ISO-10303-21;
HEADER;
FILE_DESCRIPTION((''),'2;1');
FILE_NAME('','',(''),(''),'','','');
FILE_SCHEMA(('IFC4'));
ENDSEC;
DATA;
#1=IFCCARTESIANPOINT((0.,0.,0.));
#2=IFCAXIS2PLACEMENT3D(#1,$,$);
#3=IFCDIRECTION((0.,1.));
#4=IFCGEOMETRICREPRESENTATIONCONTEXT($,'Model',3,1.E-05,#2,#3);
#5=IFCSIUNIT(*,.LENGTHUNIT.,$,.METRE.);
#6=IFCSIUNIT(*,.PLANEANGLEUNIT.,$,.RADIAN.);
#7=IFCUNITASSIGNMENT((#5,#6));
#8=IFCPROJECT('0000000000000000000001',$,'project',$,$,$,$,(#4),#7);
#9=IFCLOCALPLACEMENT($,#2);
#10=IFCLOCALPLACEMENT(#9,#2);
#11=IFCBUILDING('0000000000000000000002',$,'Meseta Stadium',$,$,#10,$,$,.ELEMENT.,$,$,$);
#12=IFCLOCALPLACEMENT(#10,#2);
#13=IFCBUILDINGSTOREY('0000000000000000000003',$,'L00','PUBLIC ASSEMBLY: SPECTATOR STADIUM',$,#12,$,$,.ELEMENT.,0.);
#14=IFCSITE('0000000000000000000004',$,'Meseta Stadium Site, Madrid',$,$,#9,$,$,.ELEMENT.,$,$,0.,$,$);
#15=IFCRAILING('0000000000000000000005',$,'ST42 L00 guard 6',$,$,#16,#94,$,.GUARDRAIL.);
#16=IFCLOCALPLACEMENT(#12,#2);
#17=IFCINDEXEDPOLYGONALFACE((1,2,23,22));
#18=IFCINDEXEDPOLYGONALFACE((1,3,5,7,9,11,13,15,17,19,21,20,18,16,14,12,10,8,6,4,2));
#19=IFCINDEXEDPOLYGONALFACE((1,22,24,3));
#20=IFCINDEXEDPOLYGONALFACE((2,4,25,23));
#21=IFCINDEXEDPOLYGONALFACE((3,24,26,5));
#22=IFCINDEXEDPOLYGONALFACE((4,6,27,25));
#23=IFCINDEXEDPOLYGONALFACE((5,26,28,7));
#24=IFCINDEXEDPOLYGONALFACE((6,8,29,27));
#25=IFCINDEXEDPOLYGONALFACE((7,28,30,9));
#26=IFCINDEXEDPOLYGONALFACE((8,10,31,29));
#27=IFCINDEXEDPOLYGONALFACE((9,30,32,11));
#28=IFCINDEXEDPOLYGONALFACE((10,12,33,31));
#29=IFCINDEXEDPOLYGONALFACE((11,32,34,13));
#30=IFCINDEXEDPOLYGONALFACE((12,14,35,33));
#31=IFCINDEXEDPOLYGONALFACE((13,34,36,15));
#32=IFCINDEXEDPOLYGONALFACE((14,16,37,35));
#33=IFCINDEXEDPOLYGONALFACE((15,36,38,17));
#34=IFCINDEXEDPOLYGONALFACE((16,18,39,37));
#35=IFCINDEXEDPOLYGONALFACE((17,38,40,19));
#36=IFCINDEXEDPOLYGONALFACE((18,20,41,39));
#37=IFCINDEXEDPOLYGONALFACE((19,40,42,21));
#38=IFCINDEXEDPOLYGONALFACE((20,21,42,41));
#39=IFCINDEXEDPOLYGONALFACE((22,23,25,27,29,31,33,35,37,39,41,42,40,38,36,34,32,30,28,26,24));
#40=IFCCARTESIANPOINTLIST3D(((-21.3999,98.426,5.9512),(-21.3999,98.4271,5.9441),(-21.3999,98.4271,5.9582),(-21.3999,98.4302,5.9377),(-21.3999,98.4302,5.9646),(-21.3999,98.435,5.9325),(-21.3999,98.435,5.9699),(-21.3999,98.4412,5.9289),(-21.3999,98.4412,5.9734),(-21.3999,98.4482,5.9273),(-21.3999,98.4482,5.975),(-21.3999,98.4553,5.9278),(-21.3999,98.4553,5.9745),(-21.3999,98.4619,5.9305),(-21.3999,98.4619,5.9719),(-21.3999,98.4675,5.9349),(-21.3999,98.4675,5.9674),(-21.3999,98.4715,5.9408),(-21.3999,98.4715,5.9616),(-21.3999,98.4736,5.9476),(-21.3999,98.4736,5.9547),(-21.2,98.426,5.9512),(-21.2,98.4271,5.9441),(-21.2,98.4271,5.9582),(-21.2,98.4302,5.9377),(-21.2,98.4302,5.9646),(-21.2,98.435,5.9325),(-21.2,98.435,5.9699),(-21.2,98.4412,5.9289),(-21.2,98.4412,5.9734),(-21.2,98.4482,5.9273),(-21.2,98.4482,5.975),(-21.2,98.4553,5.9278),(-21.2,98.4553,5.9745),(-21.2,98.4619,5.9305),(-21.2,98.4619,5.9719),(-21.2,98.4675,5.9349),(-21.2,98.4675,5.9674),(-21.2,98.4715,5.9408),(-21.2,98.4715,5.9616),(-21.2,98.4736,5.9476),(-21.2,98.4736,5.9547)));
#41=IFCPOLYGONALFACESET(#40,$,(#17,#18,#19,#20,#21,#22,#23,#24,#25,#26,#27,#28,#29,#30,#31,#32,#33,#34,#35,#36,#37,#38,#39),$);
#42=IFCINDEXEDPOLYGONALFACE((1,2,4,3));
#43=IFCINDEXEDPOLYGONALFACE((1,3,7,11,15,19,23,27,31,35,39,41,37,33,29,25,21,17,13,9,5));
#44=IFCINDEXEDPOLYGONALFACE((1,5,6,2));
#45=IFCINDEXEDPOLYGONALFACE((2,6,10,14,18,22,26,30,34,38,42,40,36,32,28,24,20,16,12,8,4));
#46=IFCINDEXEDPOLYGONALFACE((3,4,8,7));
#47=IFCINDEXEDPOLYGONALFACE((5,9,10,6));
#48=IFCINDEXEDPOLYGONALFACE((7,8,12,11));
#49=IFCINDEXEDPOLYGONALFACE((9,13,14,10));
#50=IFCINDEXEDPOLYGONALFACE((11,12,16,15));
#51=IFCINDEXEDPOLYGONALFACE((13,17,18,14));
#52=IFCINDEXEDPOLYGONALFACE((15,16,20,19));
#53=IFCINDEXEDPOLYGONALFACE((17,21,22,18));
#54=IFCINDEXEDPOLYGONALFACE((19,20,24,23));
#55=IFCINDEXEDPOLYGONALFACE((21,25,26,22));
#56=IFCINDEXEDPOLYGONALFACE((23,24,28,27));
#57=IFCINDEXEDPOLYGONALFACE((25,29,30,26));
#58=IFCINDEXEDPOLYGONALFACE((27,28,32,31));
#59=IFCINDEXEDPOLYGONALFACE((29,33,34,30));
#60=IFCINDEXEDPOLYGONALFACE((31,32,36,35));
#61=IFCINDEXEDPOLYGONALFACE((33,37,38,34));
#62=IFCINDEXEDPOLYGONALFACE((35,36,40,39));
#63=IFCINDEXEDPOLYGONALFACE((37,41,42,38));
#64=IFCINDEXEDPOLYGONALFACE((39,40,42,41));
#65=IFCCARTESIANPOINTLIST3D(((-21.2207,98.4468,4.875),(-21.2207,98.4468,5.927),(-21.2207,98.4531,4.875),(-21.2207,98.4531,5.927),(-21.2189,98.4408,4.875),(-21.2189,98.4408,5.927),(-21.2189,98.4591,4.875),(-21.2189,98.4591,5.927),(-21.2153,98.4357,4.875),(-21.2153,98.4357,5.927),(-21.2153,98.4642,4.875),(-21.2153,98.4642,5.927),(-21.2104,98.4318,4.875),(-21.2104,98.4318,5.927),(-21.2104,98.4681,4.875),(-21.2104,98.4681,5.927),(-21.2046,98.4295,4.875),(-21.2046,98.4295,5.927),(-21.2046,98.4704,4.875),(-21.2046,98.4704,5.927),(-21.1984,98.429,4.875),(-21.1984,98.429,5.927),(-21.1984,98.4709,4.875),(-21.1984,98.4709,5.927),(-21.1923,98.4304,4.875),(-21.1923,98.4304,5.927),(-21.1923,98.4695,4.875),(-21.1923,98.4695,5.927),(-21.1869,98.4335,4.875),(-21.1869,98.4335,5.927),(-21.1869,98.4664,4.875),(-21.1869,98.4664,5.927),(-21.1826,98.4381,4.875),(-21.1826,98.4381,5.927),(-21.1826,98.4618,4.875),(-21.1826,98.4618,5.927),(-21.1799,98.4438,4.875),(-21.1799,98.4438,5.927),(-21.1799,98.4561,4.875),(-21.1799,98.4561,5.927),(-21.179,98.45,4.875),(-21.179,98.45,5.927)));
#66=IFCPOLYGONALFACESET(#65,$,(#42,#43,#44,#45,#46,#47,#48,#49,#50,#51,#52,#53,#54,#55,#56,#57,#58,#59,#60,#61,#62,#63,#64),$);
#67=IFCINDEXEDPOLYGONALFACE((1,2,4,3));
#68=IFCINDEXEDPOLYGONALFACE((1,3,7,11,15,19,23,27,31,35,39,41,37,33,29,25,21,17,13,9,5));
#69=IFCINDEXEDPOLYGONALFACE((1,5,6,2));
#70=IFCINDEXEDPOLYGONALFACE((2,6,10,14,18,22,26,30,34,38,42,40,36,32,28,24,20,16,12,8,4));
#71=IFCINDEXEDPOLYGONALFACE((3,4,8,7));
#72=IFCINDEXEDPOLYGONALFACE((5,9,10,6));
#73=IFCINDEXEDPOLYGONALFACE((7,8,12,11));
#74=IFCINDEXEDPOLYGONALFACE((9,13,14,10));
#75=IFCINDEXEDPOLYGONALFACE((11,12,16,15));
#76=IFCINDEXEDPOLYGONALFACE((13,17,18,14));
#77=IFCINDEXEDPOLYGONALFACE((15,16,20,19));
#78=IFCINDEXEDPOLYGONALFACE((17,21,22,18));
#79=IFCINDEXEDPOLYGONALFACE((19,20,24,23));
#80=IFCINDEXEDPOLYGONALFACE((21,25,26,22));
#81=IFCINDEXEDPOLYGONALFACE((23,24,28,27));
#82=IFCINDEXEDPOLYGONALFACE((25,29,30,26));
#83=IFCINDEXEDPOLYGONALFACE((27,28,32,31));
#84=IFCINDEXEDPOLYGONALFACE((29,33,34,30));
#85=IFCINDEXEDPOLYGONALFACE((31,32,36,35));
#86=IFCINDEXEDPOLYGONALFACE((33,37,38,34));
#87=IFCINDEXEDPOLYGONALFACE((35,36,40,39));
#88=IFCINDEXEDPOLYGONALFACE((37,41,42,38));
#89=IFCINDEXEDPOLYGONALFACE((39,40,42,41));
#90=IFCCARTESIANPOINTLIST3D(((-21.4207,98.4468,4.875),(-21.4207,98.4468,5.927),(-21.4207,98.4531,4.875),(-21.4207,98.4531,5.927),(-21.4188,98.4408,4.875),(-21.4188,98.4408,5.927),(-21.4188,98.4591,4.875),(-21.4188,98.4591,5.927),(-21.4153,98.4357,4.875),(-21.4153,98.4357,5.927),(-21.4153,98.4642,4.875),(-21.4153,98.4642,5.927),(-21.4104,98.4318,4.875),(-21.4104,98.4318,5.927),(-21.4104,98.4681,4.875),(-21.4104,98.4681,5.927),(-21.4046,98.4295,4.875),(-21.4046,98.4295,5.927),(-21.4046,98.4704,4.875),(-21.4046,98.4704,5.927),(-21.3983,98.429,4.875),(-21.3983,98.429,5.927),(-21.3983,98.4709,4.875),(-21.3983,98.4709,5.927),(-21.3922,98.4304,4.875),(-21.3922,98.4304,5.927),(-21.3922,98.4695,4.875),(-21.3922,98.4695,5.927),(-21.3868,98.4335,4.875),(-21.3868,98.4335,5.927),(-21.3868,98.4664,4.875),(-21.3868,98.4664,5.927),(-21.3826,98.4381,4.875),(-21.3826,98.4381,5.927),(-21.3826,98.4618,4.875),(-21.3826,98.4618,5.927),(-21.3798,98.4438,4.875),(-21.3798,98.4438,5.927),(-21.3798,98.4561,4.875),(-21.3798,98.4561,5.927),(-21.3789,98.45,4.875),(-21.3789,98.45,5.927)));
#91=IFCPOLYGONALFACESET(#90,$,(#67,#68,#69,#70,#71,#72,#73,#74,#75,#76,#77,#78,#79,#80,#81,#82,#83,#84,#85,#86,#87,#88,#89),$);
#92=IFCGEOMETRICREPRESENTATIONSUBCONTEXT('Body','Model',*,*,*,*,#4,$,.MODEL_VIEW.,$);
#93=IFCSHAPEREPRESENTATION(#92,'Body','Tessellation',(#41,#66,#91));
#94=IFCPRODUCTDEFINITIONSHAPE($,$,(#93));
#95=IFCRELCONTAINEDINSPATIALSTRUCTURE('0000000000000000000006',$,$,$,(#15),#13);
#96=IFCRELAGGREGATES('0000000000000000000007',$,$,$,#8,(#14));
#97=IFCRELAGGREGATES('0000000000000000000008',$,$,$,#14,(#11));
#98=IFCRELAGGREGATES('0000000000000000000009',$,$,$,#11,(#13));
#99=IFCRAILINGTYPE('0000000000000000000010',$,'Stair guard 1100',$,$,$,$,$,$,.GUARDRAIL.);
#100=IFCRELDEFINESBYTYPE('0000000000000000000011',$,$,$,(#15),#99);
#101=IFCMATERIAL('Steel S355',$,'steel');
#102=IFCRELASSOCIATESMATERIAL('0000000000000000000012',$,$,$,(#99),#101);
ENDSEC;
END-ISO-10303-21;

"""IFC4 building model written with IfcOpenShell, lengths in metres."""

from ifc_helpers import new_model, si_unit, direction, frame, origin, origin_2d, place, context, subcontext, project, spatial, circle, extrude, material, type_object, element, save


model = new_model("IFC4")

# Units and contexts
model_context = context("Model", 3, precision=1e-05, world=origin(), true_north=direction((0.0, 1.0)))
body_context = subcontext(model_context, "Body", "Model", "MODEL_VIEW")
ifc_project = project(units=[si_unit("LENGTHUNIT", "METRE"), si_unit("PLANEANGLEUNIT", "RADIAN")], contexts=[model_context])

# Site, building, storey
site_placement = place(None, origin())
site = spatial("IfcSite", under=ifc_project, at=site_placement, Name="Meseta Stadium Site, Madrid", CompositionType="ELEMENT", RefElevation=0.0)
building_placement = place(site_placement, origin())
building = spatial("IfcBuilding", under=site, at=building_placement, Name="Meseta Stadium", CompositionType="ELEMENT")
storey_placement = place(building_placement, origin())
storey = spatial("IfcBuildingStorey", under=building, at=storey_placement, Name="L00", Description="PUBLIC ASSEMBLY: SPECTATOR STADIUM", CompositionType="ELEMENT", Elevation=0.0)

# Railing
ifc_material_1 = material(Name="Steel S355", Category="steel")
railing_type_1 = type_object("IfcRailingType", Name="Stair guard 1100", PredefinedType="GUARDRAIL", material=ifc_material_1)
railing_1_placement = place(storey_placement, frame((-21.2, 98.45, 4.875)))
element("IfcRailing", 1, at=railing_1_placement, inside=storey, type_object=railing_type_1, Name="ST42 L00 guard 6", PredefinedType="GUARDRAIL", context=body_context, shape_type="SweptSolid", body=[
    extrude(circle(Radius=0.0239, at=origin_2d()), frame((0.0, 0.0, 1.0762), z_axis=(-1.0, 0.0, 0.0), x_axis=(0.0, -1.0, 0.0)), (0.0, 0.0, 1.0), 0.2),
    extrude(circle(Radius=0.021, at=origin_2d()), origin(), (0.0, 0.0, 1.0), 1.052),
    extrude(circle(Radius=0.021, at=origin_2d()), frame((-0.2, 0.0, 0.0)), (0.0, 0.0, 1.0), 1.052),
])

save(model, "model.ifc")
